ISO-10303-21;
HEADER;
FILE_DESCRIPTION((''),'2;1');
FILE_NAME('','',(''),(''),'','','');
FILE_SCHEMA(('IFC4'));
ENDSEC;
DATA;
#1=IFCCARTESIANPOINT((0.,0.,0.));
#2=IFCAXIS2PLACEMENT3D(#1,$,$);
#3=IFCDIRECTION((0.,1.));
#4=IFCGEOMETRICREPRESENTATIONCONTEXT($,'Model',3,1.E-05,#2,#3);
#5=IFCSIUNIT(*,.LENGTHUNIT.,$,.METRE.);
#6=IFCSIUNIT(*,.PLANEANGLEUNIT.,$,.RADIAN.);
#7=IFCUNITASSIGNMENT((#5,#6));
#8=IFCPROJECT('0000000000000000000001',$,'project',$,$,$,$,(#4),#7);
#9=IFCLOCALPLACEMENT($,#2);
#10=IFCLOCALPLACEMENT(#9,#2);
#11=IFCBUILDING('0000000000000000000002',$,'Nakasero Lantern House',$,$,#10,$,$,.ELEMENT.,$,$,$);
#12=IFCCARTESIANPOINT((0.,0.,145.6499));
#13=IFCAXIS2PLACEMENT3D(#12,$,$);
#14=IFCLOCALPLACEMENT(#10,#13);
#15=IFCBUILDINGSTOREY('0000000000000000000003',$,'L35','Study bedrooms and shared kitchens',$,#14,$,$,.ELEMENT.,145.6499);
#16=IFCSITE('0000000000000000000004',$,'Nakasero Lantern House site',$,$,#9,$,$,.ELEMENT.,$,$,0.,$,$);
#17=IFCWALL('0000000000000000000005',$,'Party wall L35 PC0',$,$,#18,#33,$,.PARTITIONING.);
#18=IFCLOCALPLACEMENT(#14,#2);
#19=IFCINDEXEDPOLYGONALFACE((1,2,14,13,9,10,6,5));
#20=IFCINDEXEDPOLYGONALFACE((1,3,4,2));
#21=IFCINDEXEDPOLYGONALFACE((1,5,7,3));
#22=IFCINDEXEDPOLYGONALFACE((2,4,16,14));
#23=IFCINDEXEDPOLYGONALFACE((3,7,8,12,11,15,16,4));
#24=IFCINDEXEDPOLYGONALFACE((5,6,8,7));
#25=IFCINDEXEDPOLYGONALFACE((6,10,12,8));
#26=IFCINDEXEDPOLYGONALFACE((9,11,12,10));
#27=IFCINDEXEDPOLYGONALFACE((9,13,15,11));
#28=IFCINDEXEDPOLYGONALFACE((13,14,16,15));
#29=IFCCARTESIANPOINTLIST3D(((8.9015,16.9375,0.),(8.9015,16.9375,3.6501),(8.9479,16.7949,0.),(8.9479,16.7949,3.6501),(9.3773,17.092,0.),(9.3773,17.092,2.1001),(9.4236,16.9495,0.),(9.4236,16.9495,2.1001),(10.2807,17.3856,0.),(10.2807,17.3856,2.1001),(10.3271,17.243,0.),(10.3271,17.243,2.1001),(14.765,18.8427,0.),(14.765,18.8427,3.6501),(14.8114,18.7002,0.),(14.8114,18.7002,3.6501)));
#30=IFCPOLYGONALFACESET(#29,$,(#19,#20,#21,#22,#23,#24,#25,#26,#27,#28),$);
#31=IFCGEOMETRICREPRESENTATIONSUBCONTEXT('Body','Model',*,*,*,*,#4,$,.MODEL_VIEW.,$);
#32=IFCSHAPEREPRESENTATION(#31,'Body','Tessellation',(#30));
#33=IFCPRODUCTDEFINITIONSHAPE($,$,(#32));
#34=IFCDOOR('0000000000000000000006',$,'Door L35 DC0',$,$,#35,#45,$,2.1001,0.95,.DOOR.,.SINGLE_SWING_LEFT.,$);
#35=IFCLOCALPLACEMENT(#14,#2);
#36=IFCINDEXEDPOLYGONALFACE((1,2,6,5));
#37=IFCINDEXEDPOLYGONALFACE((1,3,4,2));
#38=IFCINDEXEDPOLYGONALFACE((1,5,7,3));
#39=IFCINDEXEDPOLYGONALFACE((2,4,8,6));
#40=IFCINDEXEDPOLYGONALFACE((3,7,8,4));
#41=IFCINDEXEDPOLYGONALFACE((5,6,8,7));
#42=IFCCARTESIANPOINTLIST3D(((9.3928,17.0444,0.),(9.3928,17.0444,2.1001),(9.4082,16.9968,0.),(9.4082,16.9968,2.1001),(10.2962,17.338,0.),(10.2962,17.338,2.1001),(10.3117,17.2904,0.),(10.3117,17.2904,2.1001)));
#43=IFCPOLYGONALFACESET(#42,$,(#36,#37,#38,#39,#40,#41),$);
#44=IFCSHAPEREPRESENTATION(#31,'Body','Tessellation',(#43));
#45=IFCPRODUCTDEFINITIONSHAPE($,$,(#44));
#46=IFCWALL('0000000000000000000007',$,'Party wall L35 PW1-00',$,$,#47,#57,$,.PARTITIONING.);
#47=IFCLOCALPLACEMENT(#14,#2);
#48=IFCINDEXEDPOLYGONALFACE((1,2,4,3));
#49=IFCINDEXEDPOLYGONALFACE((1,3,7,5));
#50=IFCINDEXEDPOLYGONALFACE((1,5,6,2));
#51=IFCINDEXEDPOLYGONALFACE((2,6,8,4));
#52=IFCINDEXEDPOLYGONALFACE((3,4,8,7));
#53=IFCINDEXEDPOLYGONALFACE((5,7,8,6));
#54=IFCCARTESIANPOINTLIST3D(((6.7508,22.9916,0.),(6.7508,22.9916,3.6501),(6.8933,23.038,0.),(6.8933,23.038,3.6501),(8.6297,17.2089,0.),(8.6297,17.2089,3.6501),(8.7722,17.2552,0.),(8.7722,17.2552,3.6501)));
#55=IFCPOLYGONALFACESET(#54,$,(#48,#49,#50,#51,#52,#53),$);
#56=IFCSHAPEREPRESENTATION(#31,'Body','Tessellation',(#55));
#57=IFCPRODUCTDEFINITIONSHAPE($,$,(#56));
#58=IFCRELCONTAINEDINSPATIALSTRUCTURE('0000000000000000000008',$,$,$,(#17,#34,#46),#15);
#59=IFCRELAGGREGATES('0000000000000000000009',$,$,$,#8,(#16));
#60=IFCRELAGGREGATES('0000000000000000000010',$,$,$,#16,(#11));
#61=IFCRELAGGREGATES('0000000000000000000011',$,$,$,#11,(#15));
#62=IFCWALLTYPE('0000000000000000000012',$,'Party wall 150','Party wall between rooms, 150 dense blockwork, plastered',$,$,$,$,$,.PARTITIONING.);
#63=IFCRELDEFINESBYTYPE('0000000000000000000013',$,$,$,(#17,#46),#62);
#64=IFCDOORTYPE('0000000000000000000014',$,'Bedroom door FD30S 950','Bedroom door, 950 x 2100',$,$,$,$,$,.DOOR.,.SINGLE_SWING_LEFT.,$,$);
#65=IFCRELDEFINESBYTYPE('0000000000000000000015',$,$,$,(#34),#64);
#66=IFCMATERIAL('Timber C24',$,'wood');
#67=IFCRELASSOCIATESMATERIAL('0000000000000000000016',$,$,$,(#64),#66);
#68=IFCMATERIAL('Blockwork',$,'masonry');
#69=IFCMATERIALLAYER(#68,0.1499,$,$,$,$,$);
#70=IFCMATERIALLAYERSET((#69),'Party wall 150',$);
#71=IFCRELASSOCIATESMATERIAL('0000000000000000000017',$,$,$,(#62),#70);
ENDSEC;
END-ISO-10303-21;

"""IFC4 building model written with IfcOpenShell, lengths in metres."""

from ifc_helpers import new_model, si_unit, direction, frame, frame_2d, origin, place, context, subcontext, project, spatial, rectangle, extrude, material, layer, layer_set, type_object, element, fill, save


model = new_model("IFC4")

# Units and contexts
model_context = context("Model", 3, precision=1e-05, world=origin(), true_north=direction((0.0, 1.0)))
body_context = subcontext(model_context, "Body", "Model", "MODEL_VIEW")
ifc_project = project(units=[si_unit("LENGTHUNIT", "METRE"), si_unit("PLANEANGLEUNIT", "RADIAN")], contexts=[model_context])

# Site, building, storey
site_placement = place(None, origin())
site = spatial("IfcSite", under=ifc_project, at=site_placement, Name="Nakasero Lantern House site", CompositionType="ELEMENT", RefElevation=0.0)
building_placement = place(site_placement, origin())
building = spatial("IfcBuilding", under=site, at=building_placement, Name="Nakasero Lantern House", CompositionType="ELEMENT")
storey_placement = place(building_placement, frame((0.0, 0.0, 145.6499)))
storey = spatial("IfcBuildingStorey", under=building, at=storey_placement, Name="L35", Description="Study bedrooms and shared kitchens", CompositionType="ELEMENT", Elevation=145.6499)

# Shared definitions
ifc_material_1 = material(Name="Timber C24", Category="wood")
door_type_1 = type_object("IfcDoorType", Name="Bedroom door FD30S 950", Description="Bedroom door, 950 x 2100", OperationType="SINGLE_SWING_LEFT", PredefinedType="DOOR", material=ifc_material_1)

# Wall, opening, door
ifc_material_2 = material(Name="Blockwork", Category="masonry")
ifc_layer_1 = layer(ifc_material_2, 0.1499)
ifc_layer_set_1 = layer_set([ifc_layer_1], Name="Party wall 150")
wall_type_1 = type_object("IfcWallType", Name="Party wall 150", Description="Party wall between rooms, 150 dense blockwork, plastered", PredefinedType="PARTITIONING", material=ifc_layer_set_1)
wall_1_placement = place(storey_placement, frame((8.9248, 16.8662, 0.0), z_axis=(0.0, 0.0, 1.0), x_axis=(0.951052, 0.309031, 0.0)))
wall_1 = element("IfcWall", 1, at=wall_1_placement, inside=storey, type_object=wall_type_1, Name="Party wall L35 PC0", PredefinedType="PARTITIONING", context=body_context, shape_type="SweptSolid", body=[
    extrude(rectangle(XDim=6.1653, YDim=0.1499, at=frame_2d((3.0825, 0.0))), origin(), (0.0, 0.0, 1.0), 3.6501),
])
opening_1_placement = place(wall_1_placement, frame((0.5, 0.0, 0.0)))
opening_1 = element("IfcOpeningElement", 2, at=opening_1_placement, cuts=wall_1, PredefinedType="OPENING", context=body_context, shape_type="SweptSolid", body=[
    extrude(rectangle(XDim=0.95, YDim=2.1001, at=frame_2d((0.4751, 1.05))), frame((0.0, 0.095, 0.0), z_axis=(0.0, -1.0, 0.0), x_axis=(1.0, 0.0, 0.0)), (0.0, 0.0, 1.0), 0.1899),
])
door_1_placement = place(opening_1_placement, origin())
door_1 = element("IfcDoor", 3, at=door_1_placement, inside=storey, type_object=door_type_1, Name="Door L35 DC0", OperationType="SINGLE_SWING_LEFT", OverallHeight=2.1001, OverallWidth=0.95, PredefinedType="DOOR", context=body_context, shape_type="SweptSolid", body=[
    extrude(rectangle(XDim=0.95, YDim=2.1001, at=frame_2d((0.4751, 1.05))), frame((0.0, 0.0249, 0.0), z_axis=(0.0, -1.0, 0.0), x_axis=(1.0, 0.0, 0.0)), (0.0, 0.0, 1.0), 0.05),
])
fill(opening_1, door_1)

# Wall
wall_2_placement = place(storey_placement, frame((8.7009, 17.2322, 0.0), z_axis=(0.0, 0.0, 1.0), x_axis=(-0.309015, 0.951057, 0.0)))
element("IfcWall", 4, at=wall_2_placement, inside=storey, type_object=wall_type_1, Name="Party wall L35 PW1-00", PredefinedType="PARTITIONING", context=body_context, shape_type="SweptSolid", body=[
    extrude(rectangle(XDim=6.0803, YDim=0.1499, at=frame_2d((3.04, 0.0))), origin(), (0.0, 0.0, 1.0), 3.6501),
])

save(model, "model.ifc")
